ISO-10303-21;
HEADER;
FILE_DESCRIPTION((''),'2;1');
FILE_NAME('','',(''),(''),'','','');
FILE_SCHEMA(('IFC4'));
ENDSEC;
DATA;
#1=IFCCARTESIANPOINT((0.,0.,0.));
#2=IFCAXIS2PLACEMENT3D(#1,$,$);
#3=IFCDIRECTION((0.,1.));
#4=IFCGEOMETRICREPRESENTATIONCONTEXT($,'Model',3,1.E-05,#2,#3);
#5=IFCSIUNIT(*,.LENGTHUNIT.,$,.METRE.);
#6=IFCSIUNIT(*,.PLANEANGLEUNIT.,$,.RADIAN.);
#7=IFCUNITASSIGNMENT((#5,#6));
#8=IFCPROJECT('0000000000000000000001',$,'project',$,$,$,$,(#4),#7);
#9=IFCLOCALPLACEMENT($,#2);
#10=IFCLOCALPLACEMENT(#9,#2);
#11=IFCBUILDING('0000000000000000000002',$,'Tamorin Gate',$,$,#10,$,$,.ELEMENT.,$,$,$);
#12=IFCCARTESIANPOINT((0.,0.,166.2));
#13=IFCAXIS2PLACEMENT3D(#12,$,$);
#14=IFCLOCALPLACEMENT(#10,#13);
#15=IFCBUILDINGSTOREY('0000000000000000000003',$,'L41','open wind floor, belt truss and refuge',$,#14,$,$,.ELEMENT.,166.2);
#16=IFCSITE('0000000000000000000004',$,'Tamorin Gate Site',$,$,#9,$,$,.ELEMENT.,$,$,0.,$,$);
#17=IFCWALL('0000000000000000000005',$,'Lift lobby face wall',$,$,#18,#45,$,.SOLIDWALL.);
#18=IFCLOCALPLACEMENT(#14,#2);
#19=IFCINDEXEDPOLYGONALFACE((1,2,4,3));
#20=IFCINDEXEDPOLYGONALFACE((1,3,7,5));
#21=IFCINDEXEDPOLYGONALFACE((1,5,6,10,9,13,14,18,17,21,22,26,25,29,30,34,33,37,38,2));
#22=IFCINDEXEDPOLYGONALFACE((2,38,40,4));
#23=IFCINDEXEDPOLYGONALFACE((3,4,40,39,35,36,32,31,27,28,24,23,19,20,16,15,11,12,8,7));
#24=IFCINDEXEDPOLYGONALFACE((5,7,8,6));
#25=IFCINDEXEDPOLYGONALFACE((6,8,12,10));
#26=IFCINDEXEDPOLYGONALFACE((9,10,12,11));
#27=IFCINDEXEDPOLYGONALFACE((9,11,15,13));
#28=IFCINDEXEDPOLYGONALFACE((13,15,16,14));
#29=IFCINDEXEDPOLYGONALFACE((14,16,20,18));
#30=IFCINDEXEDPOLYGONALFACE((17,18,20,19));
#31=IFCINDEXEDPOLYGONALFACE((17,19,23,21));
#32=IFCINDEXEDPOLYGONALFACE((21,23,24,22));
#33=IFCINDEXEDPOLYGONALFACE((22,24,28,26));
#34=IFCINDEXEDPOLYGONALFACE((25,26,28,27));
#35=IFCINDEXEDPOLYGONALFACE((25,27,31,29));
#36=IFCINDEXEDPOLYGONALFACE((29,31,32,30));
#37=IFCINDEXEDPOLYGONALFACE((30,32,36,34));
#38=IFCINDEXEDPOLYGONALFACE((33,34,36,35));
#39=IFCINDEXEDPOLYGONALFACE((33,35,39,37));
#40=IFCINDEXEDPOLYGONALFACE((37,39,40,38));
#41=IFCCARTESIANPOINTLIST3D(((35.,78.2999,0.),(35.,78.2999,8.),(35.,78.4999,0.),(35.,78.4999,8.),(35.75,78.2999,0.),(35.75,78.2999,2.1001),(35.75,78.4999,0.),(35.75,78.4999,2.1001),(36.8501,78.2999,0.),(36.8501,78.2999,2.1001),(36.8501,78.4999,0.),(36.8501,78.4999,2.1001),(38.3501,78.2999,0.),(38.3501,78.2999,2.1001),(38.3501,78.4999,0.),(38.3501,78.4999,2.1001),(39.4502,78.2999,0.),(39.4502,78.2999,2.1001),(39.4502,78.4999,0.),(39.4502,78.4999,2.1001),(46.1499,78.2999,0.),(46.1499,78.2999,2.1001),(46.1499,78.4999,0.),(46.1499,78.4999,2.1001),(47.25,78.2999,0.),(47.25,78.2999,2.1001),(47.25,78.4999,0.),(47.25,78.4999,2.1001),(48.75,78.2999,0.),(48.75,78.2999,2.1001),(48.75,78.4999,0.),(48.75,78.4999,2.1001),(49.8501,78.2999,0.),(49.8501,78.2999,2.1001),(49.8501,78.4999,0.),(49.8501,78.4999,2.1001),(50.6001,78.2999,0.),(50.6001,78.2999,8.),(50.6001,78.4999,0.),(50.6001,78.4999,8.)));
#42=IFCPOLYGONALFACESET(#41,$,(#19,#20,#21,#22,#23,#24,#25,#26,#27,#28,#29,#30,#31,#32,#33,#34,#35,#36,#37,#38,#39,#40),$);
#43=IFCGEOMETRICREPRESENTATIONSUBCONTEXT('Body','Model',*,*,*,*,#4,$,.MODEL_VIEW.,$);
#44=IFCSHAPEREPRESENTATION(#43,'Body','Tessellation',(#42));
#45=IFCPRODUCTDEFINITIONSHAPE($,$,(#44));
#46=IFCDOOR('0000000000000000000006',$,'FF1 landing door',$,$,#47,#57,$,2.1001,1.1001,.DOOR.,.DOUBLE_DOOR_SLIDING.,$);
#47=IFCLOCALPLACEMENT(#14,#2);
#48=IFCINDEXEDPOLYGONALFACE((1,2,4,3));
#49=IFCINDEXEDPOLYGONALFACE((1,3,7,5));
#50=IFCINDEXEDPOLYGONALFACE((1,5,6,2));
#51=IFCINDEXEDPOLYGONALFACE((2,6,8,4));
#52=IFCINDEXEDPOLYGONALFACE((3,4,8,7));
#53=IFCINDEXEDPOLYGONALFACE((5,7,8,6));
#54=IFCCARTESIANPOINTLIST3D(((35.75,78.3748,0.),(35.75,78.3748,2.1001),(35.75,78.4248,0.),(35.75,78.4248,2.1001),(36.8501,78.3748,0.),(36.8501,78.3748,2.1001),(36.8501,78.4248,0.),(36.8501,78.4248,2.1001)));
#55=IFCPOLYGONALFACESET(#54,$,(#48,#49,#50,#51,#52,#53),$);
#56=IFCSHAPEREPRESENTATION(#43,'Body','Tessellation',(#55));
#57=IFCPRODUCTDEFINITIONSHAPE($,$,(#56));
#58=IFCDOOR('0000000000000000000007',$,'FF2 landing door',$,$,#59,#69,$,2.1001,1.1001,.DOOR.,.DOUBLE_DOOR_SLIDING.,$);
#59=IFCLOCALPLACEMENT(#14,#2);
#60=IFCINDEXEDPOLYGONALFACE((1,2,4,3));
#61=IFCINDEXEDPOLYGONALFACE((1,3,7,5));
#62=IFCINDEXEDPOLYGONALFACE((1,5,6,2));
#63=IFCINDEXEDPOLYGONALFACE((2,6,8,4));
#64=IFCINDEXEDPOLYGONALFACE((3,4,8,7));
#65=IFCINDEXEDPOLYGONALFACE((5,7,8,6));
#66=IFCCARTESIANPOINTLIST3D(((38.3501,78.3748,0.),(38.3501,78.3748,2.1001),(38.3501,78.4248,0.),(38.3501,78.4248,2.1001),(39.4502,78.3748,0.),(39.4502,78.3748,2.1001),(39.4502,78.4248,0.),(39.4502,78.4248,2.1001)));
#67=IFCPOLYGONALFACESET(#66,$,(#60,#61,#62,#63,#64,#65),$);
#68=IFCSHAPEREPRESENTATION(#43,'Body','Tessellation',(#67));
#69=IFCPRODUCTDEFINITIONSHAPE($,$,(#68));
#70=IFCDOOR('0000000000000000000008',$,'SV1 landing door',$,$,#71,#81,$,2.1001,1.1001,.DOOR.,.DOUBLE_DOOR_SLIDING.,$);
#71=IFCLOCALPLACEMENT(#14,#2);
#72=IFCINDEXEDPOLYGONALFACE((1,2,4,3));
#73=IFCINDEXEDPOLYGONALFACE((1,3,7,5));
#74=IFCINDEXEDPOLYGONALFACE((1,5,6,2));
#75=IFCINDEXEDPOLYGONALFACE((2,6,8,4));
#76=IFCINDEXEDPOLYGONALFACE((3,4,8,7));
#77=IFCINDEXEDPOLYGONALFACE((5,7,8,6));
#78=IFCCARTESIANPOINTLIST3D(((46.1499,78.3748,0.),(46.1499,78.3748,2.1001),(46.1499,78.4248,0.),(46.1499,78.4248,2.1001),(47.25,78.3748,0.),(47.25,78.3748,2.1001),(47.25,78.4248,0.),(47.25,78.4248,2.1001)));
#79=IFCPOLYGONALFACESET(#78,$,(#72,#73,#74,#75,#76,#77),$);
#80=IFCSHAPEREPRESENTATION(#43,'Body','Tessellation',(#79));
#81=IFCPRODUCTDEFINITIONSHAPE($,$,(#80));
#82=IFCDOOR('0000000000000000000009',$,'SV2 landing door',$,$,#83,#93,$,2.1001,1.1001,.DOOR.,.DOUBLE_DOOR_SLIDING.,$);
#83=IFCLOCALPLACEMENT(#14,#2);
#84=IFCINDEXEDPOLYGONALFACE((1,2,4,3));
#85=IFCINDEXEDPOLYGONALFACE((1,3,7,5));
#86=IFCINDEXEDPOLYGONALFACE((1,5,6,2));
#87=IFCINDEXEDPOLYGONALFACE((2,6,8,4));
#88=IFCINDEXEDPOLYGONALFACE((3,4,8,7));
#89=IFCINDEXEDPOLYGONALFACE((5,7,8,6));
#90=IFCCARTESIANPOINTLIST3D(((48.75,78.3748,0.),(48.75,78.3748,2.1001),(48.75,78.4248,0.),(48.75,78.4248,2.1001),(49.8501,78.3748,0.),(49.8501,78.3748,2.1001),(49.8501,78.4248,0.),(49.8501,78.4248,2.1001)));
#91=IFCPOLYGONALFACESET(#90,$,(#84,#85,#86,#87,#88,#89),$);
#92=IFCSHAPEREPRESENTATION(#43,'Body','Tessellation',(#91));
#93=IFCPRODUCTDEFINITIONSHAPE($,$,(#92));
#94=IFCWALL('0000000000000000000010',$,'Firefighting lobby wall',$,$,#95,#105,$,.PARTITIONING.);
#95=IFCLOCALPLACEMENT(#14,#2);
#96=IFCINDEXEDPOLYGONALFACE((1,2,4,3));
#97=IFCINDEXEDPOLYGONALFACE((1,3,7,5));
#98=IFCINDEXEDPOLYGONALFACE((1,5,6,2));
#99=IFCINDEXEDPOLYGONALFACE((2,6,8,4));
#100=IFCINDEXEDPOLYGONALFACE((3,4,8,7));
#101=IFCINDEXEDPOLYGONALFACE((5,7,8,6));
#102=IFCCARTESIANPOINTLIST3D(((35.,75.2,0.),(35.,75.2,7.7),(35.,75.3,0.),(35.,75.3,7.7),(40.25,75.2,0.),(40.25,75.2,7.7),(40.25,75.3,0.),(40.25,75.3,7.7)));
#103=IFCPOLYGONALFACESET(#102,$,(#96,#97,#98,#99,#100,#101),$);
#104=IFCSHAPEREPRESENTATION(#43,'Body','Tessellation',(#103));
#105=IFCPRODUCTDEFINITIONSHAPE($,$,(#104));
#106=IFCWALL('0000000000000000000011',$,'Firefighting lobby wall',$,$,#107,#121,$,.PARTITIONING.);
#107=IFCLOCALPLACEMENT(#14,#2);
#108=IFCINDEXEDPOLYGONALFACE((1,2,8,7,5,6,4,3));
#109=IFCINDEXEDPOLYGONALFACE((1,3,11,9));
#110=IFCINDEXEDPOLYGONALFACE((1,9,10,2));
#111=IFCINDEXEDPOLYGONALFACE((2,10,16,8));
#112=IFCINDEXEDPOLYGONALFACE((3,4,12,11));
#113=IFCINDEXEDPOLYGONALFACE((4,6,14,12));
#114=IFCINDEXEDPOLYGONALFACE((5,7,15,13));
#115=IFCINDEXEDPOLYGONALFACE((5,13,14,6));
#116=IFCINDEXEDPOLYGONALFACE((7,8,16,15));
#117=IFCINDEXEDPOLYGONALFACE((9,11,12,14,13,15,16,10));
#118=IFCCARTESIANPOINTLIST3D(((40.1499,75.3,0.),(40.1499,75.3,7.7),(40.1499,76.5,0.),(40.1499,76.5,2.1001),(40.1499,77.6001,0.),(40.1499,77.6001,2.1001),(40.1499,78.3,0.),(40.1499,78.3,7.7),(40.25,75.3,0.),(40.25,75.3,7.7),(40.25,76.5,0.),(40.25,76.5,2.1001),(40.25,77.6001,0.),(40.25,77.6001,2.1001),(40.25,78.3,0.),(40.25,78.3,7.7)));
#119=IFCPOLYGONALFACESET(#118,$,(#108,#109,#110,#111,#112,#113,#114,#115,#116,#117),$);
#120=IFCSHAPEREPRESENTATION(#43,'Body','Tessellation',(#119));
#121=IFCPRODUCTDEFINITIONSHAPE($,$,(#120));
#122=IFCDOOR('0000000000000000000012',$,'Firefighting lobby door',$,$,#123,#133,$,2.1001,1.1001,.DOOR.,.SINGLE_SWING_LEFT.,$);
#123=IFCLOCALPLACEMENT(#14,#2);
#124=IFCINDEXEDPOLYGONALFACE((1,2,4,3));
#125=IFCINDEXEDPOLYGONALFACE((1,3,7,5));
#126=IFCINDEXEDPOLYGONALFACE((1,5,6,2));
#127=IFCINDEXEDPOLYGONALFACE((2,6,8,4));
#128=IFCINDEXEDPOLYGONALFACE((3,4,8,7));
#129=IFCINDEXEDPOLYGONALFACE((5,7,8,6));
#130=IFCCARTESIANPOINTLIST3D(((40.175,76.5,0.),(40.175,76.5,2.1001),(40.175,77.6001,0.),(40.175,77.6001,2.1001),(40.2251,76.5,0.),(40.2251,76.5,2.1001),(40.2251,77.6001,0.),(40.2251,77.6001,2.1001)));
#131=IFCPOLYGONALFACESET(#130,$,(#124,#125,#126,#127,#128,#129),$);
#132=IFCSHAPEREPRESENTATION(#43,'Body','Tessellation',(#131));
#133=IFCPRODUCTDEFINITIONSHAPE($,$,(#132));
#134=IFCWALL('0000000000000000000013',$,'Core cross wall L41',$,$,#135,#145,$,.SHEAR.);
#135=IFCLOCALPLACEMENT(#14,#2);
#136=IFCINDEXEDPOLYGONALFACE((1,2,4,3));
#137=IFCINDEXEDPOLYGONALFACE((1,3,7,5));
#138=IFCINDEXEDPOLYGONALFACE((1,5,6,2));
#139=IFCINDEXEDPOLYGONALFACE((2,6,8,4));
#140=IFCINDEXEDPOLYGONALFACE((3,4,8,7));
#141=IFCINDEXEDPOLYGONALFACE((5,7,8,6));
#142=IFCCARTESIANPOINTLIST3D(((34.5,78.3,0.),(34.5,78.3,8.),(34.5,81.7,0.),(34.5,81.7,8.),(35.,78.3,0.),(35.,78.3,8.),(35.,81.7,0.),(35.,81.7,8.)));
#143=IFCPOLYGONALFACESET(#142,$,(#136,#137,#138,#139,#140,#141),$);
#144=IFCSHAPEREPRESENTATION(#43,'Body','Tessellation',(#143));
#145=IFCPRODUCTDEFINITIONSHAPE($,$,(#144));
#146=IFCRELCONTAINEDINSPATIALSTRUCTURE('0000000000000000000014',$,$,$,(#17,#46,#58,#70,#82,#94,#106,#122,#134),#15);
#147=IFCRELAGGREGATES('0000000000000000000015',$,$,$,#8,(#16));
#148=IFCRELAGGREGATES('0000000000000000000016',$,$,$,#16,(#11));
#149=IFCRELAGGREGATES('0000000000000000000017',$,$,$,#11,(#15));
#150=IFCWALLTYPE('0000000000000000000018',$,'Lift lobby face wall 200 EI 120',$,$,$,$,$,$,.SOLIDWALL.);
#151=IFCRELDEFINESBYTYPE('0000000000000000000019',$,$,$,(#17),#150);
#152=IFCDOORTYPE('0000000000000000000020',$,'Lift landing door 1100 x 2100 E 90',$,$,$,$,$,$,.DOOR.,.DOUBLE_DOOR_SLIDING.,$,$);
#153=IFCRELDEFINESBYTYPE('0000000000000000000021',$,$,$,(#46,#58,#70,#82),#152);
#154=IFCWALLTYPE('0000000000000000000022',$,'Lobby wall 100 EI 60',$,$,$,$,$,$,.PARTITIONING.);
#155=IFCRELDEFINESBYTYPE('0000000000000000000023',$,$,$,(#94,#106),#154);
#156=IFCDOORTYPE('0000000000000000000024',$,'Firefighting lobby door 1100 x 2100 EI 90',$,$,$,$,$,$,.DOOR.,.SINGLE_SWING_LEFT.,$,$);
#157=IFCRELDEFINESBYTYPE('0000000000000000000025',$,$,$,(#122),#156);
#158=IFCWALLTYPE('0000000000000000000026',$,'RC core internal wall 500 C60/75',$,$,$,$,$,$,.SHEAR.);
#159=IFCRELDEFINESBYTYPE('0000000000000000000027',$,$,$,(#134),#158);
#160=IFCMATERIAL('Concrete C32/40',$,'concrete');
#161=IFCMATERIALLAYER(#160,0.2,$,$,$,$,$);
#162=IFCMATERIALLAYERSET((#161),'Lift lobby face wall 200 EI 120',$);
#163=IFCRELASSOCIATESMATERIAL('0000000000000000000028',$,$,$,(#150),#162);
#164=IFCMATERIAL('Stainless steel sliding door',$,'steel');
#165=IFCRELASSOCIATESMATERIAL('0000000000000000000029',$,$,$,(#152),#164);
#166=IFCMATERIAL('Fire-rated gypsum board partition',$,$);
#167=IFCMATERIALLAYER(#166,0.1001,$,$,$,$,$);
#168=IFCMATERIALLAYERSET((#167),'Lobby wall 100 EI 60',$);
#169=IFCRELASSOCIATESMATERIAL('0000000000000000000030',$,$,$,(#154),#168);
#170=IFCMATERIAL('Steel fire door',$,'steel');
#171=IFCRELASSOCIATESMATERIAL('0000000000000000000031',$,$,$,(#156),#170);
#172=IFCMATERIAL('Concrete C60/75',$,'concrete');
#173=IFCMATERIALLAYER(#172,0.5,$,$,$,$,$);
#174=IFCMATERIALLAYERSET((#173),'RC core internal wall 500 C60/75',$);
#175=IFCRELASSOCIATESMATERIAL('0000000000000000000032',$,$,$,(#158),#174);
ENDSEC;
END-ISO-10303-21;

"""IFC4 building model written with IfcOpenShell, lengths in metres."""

from ifc_helpers import new_model, si_unit, direction, frame, frame_2d, origin, place, context, subcontext, project, spatial, rectangle, extrude, material, layer, layer_set, type_object, element, fill, save


model = new_model("IFC4")

# Units and contexts
model_context = context("Model", 3, precision=1e-05, world=origin(), true_north=direction((0.0, 1.0)))
body_context = subcontext(model_context, "Body", "Model", "MODEL_VIEW")
ifc_project = project(units=[si_unit("LENGTHUNIT", "METRE"), si_unit("PLANEANGLEUNIT", "RADIAN")], contexts=[model_context])

# Site, building, storey
site_placement = place(None, origin())
site = spatial("IfcSite", under=ifc_project, at=site_placement, Name="Tamorin Gate Site", CompositionType="ELEMENT", RefElevation=0.0)
building_placement = place(site_placement, origin())
building = spatial("IfcBuilding", under=site, at=building_placement, Name="Tamorin Gate", CompositionType="ELEMENT")
storey_placement = place(building_placement, frame((0.0, 0.0, 166.2)))
storey = spatial("IfcBuildingStorey", under=building, at=storey_placement, Name="L41", Description="open wind floor, belt truss and refuge", CompositionType="ELEMENT", Elevation=166.2)

# Wall, openings, doors
ifc_material_1 = material(Name="Concrete C32/40", Category="concrete")
ifc_layer_1 = layer(ifc_material_1, 0.2)
ifc_layer_set_1 = layer_set([ifc_layer_1], Name="Lift lobby face wall 200 EI 120")
wall_type_1 = type_object("IfcWallType", Name="Lift lobby face wall 200 EI 120", PredefinedType="SOLIDWALL", material=ifc_layer_set_1)
wall_1_placement = place(storey_placement, frame((35.0, 78.3999, 0.0), z_axis=(0.0, 0.0, 1.0), x_axis=(1.0, 0.0, 0.0)))
wall_1 = element("IfcWall", 1, at=wall_1_placement, inside=storey, type_object=wall_type_1, Name="Lift lobby face wall", PredefinedType="SOLIDWALL", context=body_context, shape_type="SweptSolid", body=[
    extrude(rectangle(XDim=15.6001, YDim=0.2, at=frame_2d((7.8, 0.0))), origin(), (0.0, 0.0, 1.0), 8.0),
])
opening_1_placement = place(wall_1_placement, frame((0.75, 0.0, 0.0)))
opening_1 = element("IfcOpeningElement", 2, at=opening_1_placement, cuts=wall_1, PredefinedType="OPENING", context=body_context, shape_type="SweptSolid", body=[
    extrude(rectangle(XDim=1.1001, YDim=2.1001, at=frame_2d((0.55, 1.05))), frame((0.0, 0.1099, 0.0), z_axis=(0.0, -1.0, 0.0), x_axis=(1.0, 0.0, 0.0)), (0.0, 0.0, 1.0), 0.22),
])
opening_2_placement = place(wall_1_placement, frame((3.3501, 0.0, 0.0)))
opening_2 = element("IfcOpeningElement", 3, at=opening_2_placement, cuts=wall_1, PredefinedType="OPENING", context=body_context, shape_type="SweptSolid", body=[
    extrude(rectangle(XDim=1.1001, YDim=2.1001, at=frame_2d((0.55, 1.05))), frame((0.0, 0.1099, 0.0), z_axis=(0.0, -1.0, 0.0), x_axis=(1.0, 0.0, 0.0)), (0.0, 0.0, 1.0), 0.22),
])
opening_3_placement = place(wall_1_placement, frame((11.1499, 0.0, 0.0)))
opening_3 = element("IfcOpeningElement", 4, at=opening_3_placement, cuts=wall_1, PredefinedType="OPENING", context=body_context, shape_type="SweptSolid", body=[
    extrude(rectangle(XDim=1.1001, YDim=2.1001, at=frame_2d((0.55, 1.05))), frame((0.0, 0.1099, 0.0), z_axis=(0.0, -1.0, 0.0), x_axis=(1.0, 0.0, 0.0)), (0.0, 0.0, 1.0), 0.22),
])
opening_4_placement = place(wall_1_placement, frame((13.75, 0.0, 0.0)))
opening_4 = element("IfcOpeningElement", 5, at=opening_4_placement, cuts=wall_1, PredefinedType="OPENING", context=body_context, shape_type="SweptSolid", body=[
    extrude(rectangle(XDim=1.1001, YDim=2.1001, at=frame_2d((0.55, 1.05))), frame((0.0, 0.1099, 0.0), z_axis=(0.0, -1.0, 0.0), x_axis=(1.0, 0.0, 0.0)), (0.0, 0.0, 1.0), 0.22),
])
ifc_material_2 = material(Name="Stainless steel sliding door", Category="steel")
door_type_1 = type_object("IfcDoorType", Name="Lift landing door 1100 x 2100 E 90", OperationType="DOUBLE_DOOR_SLIDING", PredefinedType="DOOR", material=ifc_material_2)
door_1_placement = place(opening_1_placement, origin())
door_1 = element("IfcDoor", 6, at=door_1_placement, inside=storey, type_object=door_type_1, Name="FF1 landing door", OperationType="DOUBLE_DOOR_SLIDING", OverallHeight=2.1001, OverallWidth=1.1001, PredefinedType="DOOR", context=body_context, shape_type="SweptSolid", body=[
    extrude(rectangle(XDim=1.1001, YDim=2.1001, at=frame_2d((0.55, 1.05))), frame((0.0, 0.0249, 0.0), z_axis=(0.0, -1.0, 0.0), x_axis=(1.0, 0.0, 0.0)), (0.0, 0.0, 1.0), 0.05),
])
fill(opening_1, door_1)
door_2_placement = place(opening_2_placement, origin())
door_2 = element("IfcDoor", 7, at=door_2_placement, inside=storey, type_object=door_type_1, Name="FF2 landing door", OperationType="DOUBLE_DOOR_SLIDING", OverallHeight=2.1001, OverallWidth=1.1001, PredefinedType="DOOR", context=body_context, shape_type="SweptSolid", body=[
    extrude(rectangle(XDim=1.1001, YDim=2.1001, at=frame_2d((0.55, 1.05))), frame((0.0, 0.0249, 0.0), z_axis=(0.0, -1.0, 0.0), x_axis=(1.0, 0.0, 0.0)), (0.0, 0.0, 1.0), 0.05),
])
fill(opening_2, door_2)
door_3_placement = place(opening_3_placement, origin())
door_3 = element("IfcDoor", 8, at=door_3_placement, inside=storey, type_object=door_type_1, Name="SV1 landing door", OperationType="DOUBLE_DOOR_SLIDING", OverallHeight=2.1001, OverallWidth=1.1001, PredefinedType="DOOR", context=body_context, shape_type="SweptSolid", body=[
    extrude(rectangle(XDim=1.1001, YDim=2.1001, at=frame_2d((0.55, 1.05))), frame((0.0, 0.0249, 0.0), z_axis=(0.0, -1.0, 0.0), x_axis=(1.0, 0.0, 0.0)), (0.0, 0.0, 1.0), 0.05),
])
fill(opening_3, door_3)
door_4_placement = place(opening_4_placement, origin())
door_4 = element("IfcDoor", 9, at=door_4_placement, inside=storey, type_object=door_type_1, Name="SV2 landing door", OperationType="DOUBLE_DOOR_SLIDING", OverallHeight=2.1001, OverallWidth=1.1001, PredefinedType="DOOR", context=body_context, shape_type="SweptSolid", body=[
    extrude(rectangle(XDim=1.1001, YDim=2.1001, at=frame_2d((0.55, 1.05))), frame((0.0, 0.0249, 0.0), z_axis=(0.0, -1.0, 0.0), x_axis=(1.0, 0.0, 0.0)), (0.0, 0.0, 1.0), 0.05),
])
fill(opening_4, door_4)

# Wall
ifc_material_3 = material(Name="Fire-rated gypsum board partition")
ifc_layer_2 = layer(ifc_material_3, 0.1001)
ifc_layer_set_2 = layer_set([ifc_layer_2], Name="Lobby wall 100 EI 60")
wall_type_2 = type_object("IfcWallType", Name="Lobby wall 100 EI 60", PredefinedType="PARTITIONING", material=ifc_layer_set_2)
wall_2_placement = place(storey_placement, frame((35.0, 75.25, 0.0), z_axis=(0.0, 0.0, 1.0), x_axis=(1.0, 0.0, 0.0)))
element("IfcWall", 10, at=wall_2_placement, inside=storey, type_object=wall_type_2, Name="Firefighting lobby wall", PredefinedType="PARTITIONING", context=body_context, shape_type="SweptSolid", body=[
    extrude(rectangle(XDim=5.25, YDim=0.1001, at=frame_2d((2.625, 0.0))), origin(), (0.0, 0.0, 1.0), 7.7),
])

# Wall, opening, door
wall_3_placement = place(storey_placement, frame((40.2, 75.3, 0.0), z_axis=(0.0, 0.0, 1.0), x_axis=(0.0, 1.0, 0.0)))
wall_3 = element("IfcWall", 11, at=wall_3_placement, inside=storey, type_object=wall_type_2, Name="Firefighting lobby wall", PredefinedType="PARTITIONING", context=body_context, shape_type="SweptSolid", body=[
    extrude(rectangle(XDim=3.0, YDim=0.1001, at=frame_2d((1.5, 0.0))), origin(), (0.0, 0.0, 1.0), 7.7),
])
opening_5_placement = place(wall_3_placement, frame((1.2, 0.0, 0.0)))
opening_5 = element("IfcOpeningElement", 12, at=opening_5_placement, cuts=wall_3, PredefinedType="OPENING", context=body_context, shape_type="SweptSolid", body=[
    extrude(rectangle(XDim=1.1001, YDim=2.1001, at=frame_2d((0.55, 1.05))), frame((0.0, 0.0601, 0.0), z_axis=(0.0, -1.0, 0.0), x_axis=(1.0, 0.0, 0.0)), (0.0, 0.0, 1.0), 0.1201),
])
ifc_material_4 = material(Name="Steel fire door", Category="steel")
door_type_2 = type_object("IfcDoorType", Name="Firefighting lobby door 1100 x 2100 EI 90", OperationType="SINGLE_SWING_LEFT", PredefinedType="DOOR", material=ifc_material_4)
door_5_placement = place(opening_5_placement, origin())
door_5 = element("IfcDoor", 13, at=door_5_placement, inside=storey, type_object=door_type_2, Name="Firefighting lobby door", OperationType="SINGLE_SWING_LEFT", OverallHeight=2.1001, OverallWidth=1.1001, PredefinedType="DOOR", context=body_context, shape_type="SweptSolid", body=[
    extrude(rectangle(XDim=1.1001, YDim=2.1001, at=frame_2d((0.55, 1.05))), frame((0.0, 0.0249, 0.0), z_axis=(0.0, -1.0, 0.0), x_axis=(1.0, 0.0, 0.0)), (0.0, 0.0, 1.0), 0.05),
])
fill(opening_5, door_5)

# Wall
ifc_material_5 = material(Name="Concrete C60/75", Category="concrete")
ifc_layer_3 = layer(ifc_material_5, 0.5)
ifc_layer_set_3 = layer_set([ifc_layer_3], Name="RC core internal wall 500 C60/75")
wall_type_3 = type_object("IfcWallType", Name="RC core internal wall 500 C60/75", PredefinedType="SHEAR", material=ifc_layer_set_3)
wall_4_placement = place(storey_placement, frame((34.75, 78.3, 0.0), z_axis=(0.0, 0.0, 1.0), x_axis=(0.0, 1.0, 0.0)))
element("IfcWall", 14, at=wall_4_placement, inside=storey, type_object=wall_type_3, Name="Core cross wall L41", PredefinedType="SHEAR", context=body_context, shape_type="SweptSolid", body=[
    extrude(rectangle(XDim=3.3999, YDim=0.5, at=frame_2d((1.7, 0.0))), origin(), (0.0, 0.0, 1.0), 8.0),
])

save(model, "model.ifc")
